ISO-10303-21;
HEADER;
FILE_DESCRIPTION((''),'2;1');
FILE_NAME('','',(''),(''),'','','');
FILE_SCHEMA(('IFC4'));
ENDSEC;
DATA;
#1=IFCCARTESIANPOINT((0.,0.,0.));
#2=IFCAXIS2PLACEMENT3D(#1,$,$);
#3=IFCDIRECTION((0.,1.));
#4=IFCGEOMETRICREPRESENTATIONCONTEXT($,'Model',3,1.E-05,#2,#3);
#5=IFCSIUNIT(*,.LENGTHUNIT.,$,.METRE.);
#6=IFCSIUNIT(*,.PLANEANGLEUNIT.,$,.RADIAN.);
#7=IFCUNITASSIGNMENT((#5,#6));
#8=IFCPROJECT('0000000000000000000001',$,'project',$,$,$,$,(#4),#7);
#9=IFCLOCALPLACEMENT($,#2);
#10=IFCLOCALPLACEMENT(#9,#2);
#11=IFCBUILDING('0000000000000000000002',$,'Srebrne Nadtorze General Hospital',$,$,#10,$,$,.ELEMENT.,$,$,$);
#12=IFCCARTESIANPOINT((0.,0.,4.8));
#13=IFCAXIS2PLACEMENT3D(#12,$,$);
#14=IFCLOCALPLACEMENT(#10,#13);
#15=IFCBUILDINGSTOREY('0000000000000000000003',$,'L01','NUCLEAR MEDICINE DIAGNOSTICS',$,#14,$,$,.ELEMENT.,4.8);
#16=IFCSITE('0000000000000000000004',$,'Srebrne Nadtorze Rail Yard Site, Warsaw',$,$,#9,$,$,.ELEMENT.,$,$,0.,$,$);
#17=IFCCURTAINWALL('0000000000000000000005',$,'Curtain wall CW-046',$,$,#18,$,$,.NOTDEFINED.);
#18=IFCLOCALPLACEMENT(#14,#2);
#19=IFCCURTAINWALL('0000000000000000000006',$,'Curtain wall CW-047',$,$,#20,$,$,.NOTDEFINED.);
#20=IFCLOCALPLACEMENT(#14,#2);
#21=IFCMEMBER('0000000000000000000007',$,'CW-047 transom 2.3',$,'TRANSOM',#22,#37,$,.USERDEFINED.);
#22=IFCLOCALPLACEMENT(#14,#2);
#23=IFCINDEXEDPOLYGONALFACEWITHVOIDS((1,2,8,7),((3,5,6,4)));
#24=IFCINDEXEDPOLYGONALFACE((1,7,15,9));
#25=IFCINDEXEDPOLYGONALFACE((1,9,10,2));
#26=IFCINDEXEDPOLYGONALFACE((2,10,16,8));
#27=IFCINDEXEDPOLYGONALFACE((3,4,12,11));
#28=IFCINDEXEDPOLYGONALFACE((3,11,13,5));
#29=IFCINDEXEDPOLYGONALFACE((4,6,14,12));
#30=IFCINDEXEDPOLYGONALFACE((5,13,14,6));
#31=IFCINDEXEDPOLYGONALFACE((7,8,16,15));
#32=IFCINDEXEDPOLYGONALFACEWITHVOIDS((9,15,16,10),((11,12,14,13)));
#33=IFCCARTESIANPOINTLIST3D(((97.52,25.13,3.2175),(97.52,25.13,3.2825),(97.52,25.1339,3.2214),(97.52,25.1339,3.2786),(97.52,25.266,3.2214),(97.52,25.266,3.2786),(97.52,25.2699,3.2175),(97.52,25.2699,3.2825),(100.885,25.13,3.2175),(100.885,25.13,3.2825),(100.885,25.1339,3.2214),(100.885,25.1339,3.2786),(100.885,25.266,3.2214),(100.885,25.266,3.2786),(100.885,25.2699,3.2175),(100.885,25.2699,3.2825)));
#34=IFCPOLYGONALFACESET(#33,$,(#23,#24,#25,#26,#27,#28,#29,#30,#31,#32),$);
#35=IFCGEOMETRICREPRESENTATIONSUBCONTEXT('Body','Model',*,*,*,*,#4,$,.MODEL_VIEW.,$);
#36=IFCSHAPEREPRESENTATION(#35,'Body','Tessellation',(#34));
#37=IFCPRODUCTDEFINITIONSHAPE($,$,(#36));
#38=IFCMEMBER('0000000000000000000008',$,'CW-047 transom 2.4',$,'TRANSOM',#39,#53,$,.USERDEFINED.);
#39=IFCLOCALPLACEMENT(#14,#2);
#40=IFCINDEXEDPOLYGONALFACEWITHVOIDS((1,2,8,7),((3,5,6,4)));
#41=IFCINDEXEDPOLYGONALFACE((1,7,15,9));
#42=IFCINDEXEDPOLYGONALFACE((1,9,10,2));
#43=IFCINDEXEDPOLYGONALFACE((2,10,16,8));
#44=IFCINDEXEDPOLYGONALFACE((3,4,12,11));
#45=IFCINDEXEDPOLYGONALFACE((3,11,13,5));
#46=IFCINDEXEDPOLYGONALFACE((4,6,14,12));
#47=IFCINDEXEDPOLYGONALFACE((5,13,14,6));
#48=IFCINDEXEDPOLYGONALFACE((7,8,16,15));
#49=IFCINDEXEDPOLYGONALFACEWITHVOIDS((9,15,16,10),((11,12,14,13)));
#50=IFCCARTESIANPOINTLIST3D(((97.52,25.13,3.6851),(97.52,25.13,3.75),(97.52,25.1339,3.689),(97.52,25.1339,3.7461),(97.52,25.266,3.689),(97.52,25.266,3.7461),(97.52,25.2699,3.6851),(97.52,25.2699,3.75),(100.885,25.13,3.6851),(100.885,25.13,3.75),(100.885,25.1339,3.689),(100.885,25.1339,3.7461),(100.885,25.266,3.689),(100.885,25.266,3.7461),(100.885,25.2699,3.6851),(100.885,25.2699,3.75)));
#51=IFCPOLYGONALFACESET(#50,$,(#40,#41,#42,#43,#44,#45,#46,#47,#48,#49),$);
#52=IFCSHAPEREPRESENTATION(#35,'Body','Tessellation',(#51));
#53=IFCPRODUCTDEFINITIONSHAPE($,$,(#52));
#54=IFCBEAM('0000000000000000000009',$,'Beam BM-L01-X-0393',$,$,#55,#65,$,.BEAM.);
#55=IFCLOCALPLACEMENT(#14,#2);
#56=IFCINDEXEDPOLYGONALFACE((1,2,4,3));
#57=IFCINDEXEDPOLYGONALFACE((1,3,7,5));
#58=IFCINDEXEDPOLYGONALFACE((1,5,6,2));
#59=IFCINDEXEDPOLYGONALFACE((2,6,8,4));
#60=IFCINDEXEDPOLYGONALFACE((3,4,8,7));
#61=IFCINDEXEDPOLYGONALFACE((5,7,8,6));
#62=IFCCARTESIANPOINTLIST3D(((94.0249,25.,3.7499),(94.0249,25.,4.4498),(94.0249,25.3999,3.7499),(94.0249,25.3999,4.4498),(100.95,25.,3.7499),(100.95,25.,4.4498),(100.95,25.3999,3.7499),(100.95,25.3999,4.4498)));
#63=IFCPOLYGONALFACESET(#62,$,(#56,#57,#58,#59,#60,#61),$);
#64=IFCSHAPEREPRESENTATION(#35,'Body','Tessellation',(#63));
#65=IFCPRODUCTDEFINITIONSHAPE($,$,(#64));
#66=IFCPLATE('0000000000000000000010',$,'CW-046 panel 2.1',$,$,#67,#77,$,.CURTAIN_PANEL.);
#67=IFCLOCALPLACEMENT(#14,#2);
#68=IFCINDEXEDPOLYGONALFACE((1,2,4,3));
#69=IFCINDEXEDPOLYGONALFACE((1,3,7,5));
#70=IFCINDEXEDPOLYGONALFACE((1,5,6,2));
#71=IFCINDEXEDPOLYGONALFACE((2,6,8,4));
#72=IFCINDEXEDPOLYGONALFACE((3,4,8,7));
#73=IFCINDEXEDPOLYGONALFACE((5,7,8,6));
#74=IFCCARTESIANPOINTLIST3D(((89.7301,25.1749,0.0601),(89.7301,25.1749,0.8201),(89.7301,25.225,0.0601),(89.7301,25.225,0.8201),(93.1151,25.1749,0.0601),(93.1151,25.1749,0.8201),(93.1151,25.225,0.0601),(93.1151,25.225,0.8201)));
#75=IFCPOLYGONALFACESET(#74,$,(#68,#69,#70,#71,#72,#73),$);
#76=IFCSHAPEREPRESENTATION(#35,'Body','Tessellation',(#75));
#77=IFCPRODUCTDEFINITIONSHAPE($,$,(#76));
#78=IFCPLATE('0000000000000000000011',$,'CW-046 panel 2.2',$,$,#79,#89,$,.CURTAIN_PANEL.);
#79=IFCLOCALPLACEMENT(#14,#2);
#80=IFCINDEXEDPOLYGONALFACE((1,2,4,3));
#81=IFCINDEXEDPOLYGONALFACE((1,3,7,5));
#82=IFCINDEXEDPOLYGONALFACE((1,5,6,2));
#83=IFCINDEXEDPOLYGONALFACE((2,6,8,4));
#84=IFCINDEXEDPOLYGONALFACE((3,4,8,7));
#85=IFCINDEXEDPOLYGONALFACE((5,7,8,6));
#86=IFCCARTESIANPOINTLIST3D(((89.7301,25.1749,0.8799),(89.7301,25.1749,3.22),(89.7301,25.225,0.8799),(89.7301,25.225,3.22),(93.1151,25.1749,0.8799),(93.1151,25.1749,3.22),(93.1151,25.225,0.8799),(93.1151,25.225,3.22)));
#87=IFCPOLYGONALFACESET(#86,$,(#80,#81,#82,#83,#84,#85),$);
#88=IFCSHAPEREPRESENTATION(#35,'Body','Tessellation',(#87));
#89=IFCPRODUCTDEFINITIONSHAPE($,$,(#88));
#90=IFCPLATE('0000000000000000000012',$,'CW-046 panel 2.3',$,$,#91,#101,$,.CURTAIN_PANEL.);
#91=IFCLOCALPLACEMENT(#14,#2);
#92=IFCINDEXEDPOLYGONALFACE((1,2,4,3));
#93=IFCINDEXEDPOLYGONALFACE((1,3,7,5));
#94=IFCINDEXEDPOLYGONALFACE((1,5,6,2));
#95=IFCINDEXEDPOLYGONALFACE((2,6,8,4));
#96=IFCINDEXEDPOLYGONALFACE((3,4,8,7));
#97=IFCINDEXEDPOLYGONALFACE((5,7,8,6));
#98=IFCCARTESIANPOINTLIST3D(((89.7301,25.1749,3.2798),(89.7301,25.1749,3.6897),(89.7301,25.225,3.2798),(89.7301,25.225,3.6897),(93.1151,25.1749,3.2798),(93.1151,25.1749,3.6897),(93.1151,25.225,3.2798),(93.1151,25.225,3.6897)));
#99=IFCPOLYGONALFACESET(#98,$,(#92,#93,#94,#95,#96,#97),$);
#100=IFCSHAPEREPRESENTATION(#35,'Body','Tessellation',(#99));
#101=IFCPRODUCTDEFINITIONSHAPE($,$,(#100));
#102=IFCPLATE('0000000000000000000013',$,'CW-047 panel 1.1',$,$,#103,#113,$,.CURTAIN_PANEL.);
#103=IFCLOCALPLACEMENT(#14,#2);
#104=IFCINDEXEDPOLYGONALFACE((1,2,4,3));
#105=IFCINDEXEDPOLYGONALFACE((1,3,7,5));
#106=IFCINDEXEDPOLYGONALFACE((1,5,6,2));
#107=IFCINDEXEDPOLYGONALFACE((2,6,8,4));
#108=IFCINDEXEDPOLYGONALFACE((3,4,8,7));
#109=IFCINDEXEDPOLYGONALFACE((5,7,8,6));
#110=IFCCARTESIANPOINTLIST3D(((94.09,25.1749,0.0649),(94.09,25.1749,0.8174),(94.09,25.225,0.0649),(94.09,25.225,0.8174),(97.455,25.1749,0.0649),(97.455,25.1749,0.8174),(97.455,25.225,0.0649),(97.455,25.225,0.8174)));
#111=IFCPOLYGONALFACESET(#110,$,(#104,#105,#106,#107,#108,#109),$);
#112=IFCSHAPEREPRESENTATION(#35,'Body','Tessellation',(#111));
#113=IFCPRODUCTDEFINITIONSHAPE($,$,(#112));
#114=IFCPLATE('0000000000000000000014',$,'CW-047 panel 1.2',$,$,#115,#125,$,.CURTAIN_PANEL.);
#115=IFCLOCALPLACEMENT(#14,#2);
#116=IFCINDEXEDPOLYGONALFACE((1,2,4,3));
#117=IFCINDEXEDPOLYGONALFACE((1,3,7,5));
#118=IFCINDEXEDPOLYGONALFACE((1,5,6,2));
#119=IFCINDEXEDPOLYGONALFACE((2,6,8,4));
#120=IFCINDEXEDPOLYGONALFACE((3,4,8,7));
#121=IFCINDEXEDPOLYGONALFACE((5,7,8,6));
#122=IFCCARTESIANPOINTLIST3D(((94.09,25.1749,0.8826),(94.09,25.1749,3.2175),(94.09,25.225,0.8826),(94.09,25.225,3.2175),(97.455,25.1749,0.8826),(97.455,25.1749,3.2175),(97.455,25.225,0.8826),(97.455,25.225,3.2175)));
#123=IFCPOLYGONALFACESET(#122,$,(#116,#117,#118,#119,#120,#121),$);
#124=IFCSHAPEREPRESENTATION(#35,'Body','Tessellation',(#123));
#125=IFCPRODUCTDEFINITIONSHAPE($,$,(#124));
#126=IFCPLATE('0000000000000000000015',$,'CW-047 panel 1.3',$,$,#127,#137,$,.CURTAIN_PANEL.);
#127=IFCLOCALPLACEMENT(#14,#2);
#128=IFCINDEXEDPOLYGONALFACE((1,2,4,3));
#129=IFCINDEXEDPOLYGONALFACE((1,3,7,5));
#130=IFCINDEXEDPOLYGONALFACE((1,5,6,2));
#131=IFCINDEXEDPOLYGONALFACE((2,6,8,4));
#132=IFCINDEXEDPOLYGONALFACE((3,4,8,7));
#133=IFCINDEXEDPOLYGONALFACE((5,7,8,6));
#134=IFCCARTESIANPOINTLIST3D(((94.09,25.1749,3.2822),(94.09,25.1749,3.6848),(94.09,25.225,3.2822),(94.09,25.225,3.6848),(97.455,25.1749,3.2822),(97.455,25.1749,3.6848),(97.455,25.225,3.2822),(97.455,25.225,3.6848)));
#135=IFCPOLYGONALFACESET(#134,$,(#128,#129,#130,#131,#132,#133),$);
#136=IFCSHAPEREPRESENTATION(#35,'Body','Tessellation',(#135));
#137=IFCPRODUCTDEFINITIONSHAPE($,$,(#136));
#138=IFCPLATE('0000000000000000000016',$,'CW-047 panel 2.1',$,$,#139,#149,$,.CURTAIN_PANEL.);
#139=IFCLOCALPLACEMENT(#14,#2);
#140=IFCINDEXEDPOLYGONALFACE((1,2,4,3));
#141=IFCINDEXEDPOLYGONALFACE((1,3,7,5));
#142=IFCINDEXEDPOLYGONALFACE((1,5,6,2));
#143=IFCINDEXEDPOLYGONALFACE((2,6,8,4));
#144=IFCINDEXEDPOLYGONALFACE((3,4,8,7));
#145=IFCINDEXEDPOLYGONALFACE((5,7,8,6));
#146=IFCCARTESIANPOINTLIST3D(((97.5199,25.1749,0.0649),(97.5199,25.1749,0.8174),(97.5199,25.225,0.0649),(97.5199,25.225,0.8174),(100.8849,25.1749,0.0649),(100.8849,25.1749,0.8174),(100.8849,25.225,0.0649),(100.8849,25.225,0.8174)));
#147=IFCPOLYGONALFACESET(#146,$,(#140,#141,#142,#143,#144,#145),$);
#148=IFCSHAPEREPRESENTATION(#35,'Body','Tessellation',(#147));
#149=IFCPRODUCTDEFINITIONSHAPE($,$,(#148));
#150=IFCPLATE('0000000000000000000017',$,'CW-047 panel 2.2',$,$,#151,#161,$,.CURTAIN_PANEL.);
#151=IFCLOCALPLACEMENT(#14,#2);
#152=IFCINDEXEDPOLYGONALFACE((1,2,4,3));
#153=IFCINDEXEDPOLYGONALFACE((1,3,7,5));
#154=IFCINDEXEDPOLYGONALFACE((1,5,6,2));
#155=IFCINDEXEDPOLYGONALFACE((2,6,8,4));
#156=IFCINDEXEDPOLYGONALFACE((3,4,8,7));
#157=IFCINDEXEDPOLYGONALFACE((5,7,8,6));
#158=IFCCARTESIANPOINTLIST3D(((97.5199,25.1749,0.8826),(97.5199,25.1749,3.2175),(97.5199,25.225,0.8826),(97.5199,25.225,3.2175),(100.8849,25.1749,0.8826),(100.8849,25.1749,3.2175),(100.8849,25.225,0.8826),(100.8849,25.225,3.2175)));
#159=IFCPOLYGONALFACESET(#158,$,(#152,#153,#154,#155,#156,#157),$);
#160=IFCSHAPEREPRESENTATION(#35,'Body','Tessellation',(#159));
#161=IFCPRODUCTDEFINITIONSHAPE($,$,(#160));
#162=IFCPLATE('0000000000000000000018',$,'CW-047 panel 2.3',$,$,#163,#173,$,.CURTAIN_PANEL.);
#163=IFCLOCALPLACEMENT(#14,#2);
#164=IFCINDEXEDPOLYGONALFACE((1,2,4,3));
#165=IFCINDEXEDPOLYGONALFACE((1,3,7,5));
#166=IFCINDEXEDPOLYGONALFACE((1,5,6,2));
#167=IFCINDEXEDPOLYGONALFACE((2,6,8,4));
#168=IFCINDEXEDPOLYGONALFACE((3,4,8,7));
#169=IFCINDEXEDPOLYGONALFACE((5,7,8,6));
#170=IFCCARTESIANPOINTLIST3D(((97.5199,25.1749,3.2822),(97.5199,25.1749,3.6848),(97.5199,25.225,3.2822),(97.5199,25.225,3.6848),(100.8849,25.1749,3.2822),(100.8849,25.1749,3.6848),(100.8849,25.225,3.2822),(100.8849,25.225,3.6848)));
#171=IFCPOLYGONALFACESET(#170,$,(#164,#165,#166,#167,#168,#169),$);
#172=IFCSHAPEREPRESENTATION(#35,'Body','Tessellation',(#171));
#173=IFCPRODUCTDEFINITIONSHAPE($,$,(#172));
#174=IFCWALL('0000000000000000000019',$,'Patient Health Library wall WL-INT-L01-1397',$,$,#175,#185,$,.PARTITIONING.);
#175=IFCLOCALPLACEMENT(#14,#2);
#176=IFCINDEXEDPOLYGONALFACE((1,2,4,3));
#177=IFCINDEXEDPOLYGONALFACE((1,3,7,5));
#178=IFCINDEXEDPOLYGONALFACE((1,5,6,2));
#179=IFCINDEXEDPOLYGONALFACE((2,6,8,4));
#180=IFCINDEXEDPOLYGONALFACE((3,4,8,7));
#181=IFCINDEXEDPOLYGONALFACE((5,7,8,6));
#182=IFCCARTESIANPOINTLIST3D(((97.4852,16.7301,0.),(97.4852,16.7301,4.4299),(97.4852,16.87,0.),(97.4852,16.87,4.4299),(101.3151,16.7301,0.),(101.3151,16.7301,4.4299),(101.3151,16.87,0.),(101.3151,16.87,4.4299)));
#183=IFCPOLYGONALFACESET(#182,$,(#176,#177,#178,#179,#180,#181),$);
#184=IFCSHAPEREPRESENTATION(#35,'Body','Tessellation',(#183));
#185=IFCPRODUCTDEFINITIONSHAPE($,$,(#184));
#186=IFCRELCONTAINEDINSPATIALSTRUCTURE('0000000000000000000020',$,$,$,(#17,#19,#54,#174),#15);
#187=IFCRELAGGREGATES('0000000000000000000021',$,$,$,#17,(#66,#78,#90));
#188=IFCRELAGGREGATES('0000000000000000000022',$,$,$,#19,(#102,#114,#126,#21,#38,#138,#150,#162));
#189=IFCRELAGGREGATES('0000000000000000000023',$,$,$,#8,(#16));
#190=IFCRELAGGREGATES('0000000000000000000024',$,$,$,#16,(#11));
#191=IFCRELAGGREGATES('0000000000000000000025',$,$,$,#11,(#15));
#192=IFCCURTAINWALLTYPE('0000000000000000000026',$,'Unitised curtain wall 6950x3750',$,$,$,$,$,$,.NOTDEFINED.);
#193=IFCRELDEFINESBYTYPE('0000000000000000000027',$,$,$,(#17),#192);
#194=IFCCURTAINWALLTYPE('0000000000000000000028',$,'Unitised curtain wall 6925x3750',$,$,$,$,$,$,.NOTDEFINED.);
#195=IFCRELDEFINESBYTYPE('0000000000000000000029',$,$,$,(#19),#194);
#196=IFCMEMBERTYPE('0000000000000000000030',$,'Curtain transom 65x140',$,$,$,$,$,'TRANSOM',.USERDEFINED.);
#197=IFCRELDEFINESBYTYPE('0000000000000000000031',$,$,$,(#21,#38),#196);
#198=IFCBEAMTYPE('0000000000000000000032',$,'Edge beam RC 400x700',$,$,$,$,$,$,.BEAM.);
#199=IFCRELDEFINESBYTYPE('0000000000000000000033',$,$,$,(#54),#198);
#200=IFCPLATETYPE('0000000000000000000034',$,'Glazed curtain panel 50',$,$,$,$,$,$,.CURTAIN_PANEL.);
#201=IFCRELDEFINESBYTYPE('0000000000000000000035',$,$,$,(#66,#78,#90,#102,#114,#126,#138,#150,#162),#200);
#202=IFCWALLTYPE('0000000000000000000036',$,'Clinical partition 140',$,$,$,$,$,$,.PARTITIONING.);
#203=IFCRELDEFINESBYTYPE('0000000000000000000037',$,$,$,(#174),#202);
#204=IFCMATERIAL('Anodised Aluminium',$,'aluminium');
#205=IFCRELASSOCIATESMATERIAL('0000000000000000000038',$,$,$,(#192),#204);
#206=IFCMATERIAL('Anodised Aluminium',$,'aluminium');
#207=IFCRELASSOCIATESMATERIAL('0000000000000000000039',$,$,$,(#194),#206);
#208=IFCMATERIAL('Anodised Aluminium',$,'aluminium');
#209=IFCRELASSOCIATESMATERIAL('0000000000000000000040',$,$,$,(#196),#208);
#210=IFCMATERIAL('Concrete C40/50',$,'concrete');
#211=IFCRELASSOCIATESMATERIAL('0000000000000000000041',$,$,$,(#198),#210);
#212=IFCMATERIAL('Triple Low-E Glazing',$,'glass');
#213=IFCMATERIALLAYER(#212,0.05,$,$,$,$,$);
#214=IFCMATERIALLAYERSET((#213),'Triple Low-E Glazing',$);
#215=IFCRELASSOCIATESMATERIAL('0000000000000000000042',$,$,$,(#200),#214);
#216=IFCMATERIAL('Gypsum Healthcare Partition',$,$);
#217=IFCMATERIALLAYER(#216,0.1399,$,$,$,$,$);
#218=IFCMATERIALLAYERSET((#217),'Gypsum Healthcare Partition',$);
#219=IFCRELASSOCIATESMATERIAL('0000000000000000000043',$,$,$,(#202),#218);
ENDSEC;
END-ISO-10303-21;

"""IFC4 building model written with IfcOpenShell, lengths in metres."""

from ifc_helpers import new_model, si_unit, direction, frame, frame_2d, origin, origin_2d, place, context, subcontext, project, spatial, rectangle, hollow_rectangle, extrude, material, layer, layer_set, material_profile, profile_set, type_object, element, aggregate, save


model = new_model("IFC4")

# Units and contexts
model_context = context("Model", 3, precision=1e-05, world=origin(), true_north=direction((0.0, 1.0)))
body_context = subcontext(model_context, "Body", "Model", "MODEL_VIEW")
ifc_project = project(units=[si_unit("LENGTHUNIT", "METRE"), si_unit("PLANEANGLEUNIT", "RADIAN")], contexts=[model_context])

# Site, building, storey
site_placement = place(None, origin())
site = spatial("IfcSite", under=ifc_project, at=site_placement, Name="Srebrne Nadtorze Rail Yard Site, Warsaw", CompositionType="ELEMENT", RefElevation=0.0)
building_placement = place(site_placement, origin())
building = spatial("IfcBuilding", under=site, at=building_placement, Name="Srebrne Nadtorze General Hospital", CompositionType="ELEMENT")
storey_placement = place(building_placement, frame((0.0, 0.0, 4.8)))
storey = spatial("IfcBuildingStorey", under=building, at=storey_placement, Name="L01", Description="NUCLEAR MEDICINE DIAGNOSTICS", CompositionType="ELEMENT", Elevation=4.8)

# Curtain wall
ifc_material_1 = material(Name="Anodised Aluminium", Category="aluminium")
curtain_wall_type_1 = type_object("IfcCurtainWallType", Name="Unitised curtain wall 6950x3750", PredefinedType="NOTDEFINED", material=ifc_material_1)
curtain_wall_1_placement = place(storey_placement, origin())
curtain_wall_1 = element("IfcCurtainWall", 1, at=curtain_wall_1_placement, inside=storey, type_object=curtain_wall_type_1, Name="Curtain wall CW-046", PredefinedType="NOTDEFINED")

# Curtain wall, members
ifc_material_2 = material(Name="Anodised Aluminium", Category="aluminium")
curtain_wall_type_2 = type_object("IfcCurtainWallType", Name="Unitised curtain wall 6925x3750", PredefinedType="NOTDEFINED", material=ifc_material_2)
curtain_wall_2_placement = place(storey_placement, origin())
curtain_wall_2 = element("IfcCurtainWall", 2, at=curtain_wall_2_placement, inside=storey, type_object=curtain_wall_type_2, Name="Curtain wall CW-047", PredefinedType="NOTDEFINED")
ifc_material_3 = material(Name="Anodised Aluminium", Category="aluminium")
ifc_material_profile_1 = material_profile(ifc_material_3, hollow_rectangle(XDim=0.0649, YDim=0.1399, WallThickness=0.0039, at=origin_2d()), Name="AL-TRN-65x140")
ifc_profile_set_1 = profile_set([ifc_material_profile_1], Name="Anodised Aluminium")
member_type_1 = type_object("IfcMemberType", Name="Curtain transom 65x140", ElementType="TRANSOM", PredefinedType="USERDEFINED", material=ifc_profile_set_1)
member_1_placement = place(storey_placement, frame((97.52, 25.2, 3.25), z_axis=(1.0, 0.0, 0.0), x_axis=(0.0, 0.0, 1.0)))
member_1 = element("IfcMember", 3, at=member_1_placement, type_object=member_type_1, Name="CW-047 transom 2.3", ObjectType="TRANSOM", PredefinedType="USERDEFINED", context=body_context, shape_type="SweptSolid", body=[
    extrude(hollow_rectangle(XDim=0.0649, YDim=0.1399, WallThickness=0.0039, at=origin_2d()), origin(), (0.0, 0.0, 1.0), 3.365),
])
member_2_placement = place(storey_placement, frame((97.52, 25.2, 3.7175), z_axis=(1.0, 0.0, 0.0), x_axis=(0.0, 0.0, 1.0)))
member_2 = element("IfcMember", 4, at=member_2_placement, type_object=member_type_1, Name="CW-047 transom 2.4", ObjectType="TRANSOM", PredefinedType="USERDEFINED", context=body_context, shape_type="SweptSolid", body=[
    extrude(hollow_rectangle(XDim=0.0649, YDim=0.1399, WallThickness=0.0039, at=origin_2d()), origin(), (0.0, 0.0, 1.0), 3.365),
])

# Beam
ifc_material_4 = material(Name="Concrete C40/50", Category="concrete")
ifc_material_profile_2 = material_profile(ifc_material_4, rectangle(XDim=0.3999, YDim=0.7, at=origin_2d()), Name="RC-BM-400x700")
ifc_profile_set_2 = profile_set([ifc_material_profile_2], Name="Concrete C40/50")
beam_type = type_object("IfcBeamType", Name="Edge beam RC 400x700", PredefinedType="BEAM", material=ifc_profile_set_2)
beam_placement = place(storey_placement, frame((94.0249, 25.2, 4.0999), z_axis=(1.0, 0.0, 0.0), x_axis=(0.0, 1.0, 0.0)))
element("IfcBeam", 5, at=beam_placement, inside=storey, type_object=beam_type, Name="Beam BM-L01-X-0393", PredefinedType="BEAM", context=body_context, shape_type="SweptSolid", body=[
    extrude(rectangle(XDim=0.3999, YDim=0.7, at=origin_2d()), origin(), (0.0, 0.0, 1.0), 6.925),
])

# Plates
ifc_material_5 = material(Name="Triple Low-E Glazing", Category="glass")
ifc_layer_1 = layer(ifc_material_5, 0.05)
ifc_layer_set_1 = layer_set([ifc_layer_1], Name="Triple Low-E Glazing")
plate_type = type_object("IfcPlateType", Name="Glazed curtain panel 50", PredefinedType="CURTAIN_PANEL", material=ifc_layer_set_1)
plate_1_placement = place(storey_placement, frame((91.4226, 25.2, 0.0601), z_axis=(0.0, 0.0, 1.0), x_axis=(1.0, 0.0, 0.0)))
plate_1 = element("IfcPlate", 6, at=plate_1_placement, type_object=plate_type, Name="CW-046 panel 2.1", PredefinedType="CURTAIN_PANEL", context=body_context, shape_type="SweptSolid", body=[
    extrude(rectangle(XDim=3.385, YDim=0.05, at=origin_2d()), origin(), (0.0, 0.0, 1.0), 0.76),
])
plate_2_placement = place(storey_placement, frame((91.4226, 25.2, 0.8799), z_axis=(0.0, 0.0, 1.0), x_axis=(1.0, 0.0, 0.0)))
plate_2 = element("IfcPlate", 7, at=plate_2_placement, type_object=plate_type, Name="CW-046 panel 2.2", PredefinedType="CURTAIN_PANEL", context=body_context, shape_type="SweptSolid", body=[
    extrude(rectangle(XDim=3.385, YDim=0.05, at=origin_2d()), origin(), (0.0, 0.0, 1.0), 2.3401),
])
plate_3_placement = place(storey_placement, frame((91.4226, 25.2, 3.2798), z_axis=(0.0, 0.0, 1.0), x_axis=(1.0, 0.0, 0.0)))
plate_3 = element("IfcPlate", 8, at=plate_3_placement, type_object=plate_type, Name="CW-046 panel 2.3", PredefinedType="CURTAIN_PANEL", context=body_context, shape_type="SweptSolid", body=[
    extrude(rectangle(XDim=3.385, YDim=0.05, at=origin_2d()), origin(), (0.0, 0.0, 1.0), 0.4099),
])
aggregate(curtain_wall_1, [plate_1, plate_2, plate_3])
plate_4_placement = place(storey_placement, frame((95.7725, 25.2, 0.0649), z_axis=(0.0, 0.0, 1.0), x_axis=(1.0, 0.0, 0.0)))
plate_4 = element("IfcPlate", 9, at=plate_4_placement, type_object=plate_type, Name="CW-047 panel 1.1", PredefinedType="CURTAIN_PANEL", context=body_context, shape_type="SweptSolid", body=[
    extrude(rectangle(XDim=3.365, YDim=0.05, at=origin_2d()), origin(), (0.0, 0.0, 1.0), 0.7524),
])
plate_5_placement = place(storey_placement, frame((95.7725, 25.2, 0.8826), z_axis=(0.0, 0.0, 1.0), x_axis=(1.0, 0.0, 0.0)))
plate_5 = element("IfcPlate", 10, at=plate_5_placement, type_object=plate_type, Name="CW-047 panel 1.2", PredefinedType="CURTAIN_PANEL", context=body_context, shape_type="SweptSolid", body=[
    extrude(rectangle(XDim=3.365, YDim=0.05, at=origin_2d()), origin(), (0.0, 0.0, 1.0), 2.335),
])
plate_6_placement = place(storey_placement, frame((95.7725, 25.2, 3.2822), z_axis=(0.0, 0.0, 1.0), x_axis=(1.0, 0.0, 0.0)))
plate_6 = element("IfcPlate", 11, at=plate_6_placement, type_object=plate_type, Name="CW-047 panel 1.3", PredefinedType="CURTAIN_PANEL", context=body_context, shape_type="SweptSolid", body=[
    extrude(rectangle(XDim=3.365, YDim=0.05, at=origin_2d()), origin(), (0.0, 0.0, 1.0), 0.4026),
])
plate_7_placement = place(storey_placement, frame((99.2024, 25.2, 0.0649), z_axis=(0.0, 0.0, 1.0), x_axis=(1.0, 0.0, 0.0)))
plate_7 = element("IfcPlate", 12, at=plate_7_placement, type_object=plate_type, Name="CW-047 panel 2.1", PredefinedType="CURTAIN_PANEL", context=body_context, shape_type="SweptSolid", body=[
    extrude(rectangle(XDim=3.365, YDim=0.05, at=origin_2d()), origin(), (0.0, 0.0, 1.0), 0.7524),
])
plate_8_placement = place(storey_placement, frame((99.2024, 25.2, 0.8826), z_axis=(0.0, 0.0, 1.0), x_axis=(1.0, 0.0, 0.0)))
plate_8 = element("IfcPlate", 13, at=plate_8_placement, type_object=plate_type, Name="CW-047 panel 2.2", PredefinedType="CURTAIN_PANEL", context=body_context, shape_type="SweptSolid", body=[
    extrude(rectangle(XDim=3.365, YDim=0.05, at=origin_2d()), origin(), (0.0, 0.0, 1.0), 2.335),
])
plate_9_placement = place(storey_placement, frame((99.2024, 25.2, 3.2822), z_axis=(0.0, 0.0, 1.0), x_axis=(1.0, 0.0, 0.0)))
plate_9 = element("IfcPlate", 14, at=plate_9_placement, type_object=plate_type, Name="CW-047 panel 2.3", PredefinedType="CURTAIN_PANEL", context=body_context, shape_type="SweptSolid", body=[
    extrude(rectangle(XDim=3.365, YDim=0.05, at=origin_2d()), origin(), (0.0, 0.0, 1.0), 0.4026),
])
aggregate(curtain_wall_2, [plate_4, plate_5, plate_6, member_1, member_2, plate_7, plate_8, plate_9])

# Wall
ifc_material_6 = material(Name="Gypsum Healthcare Partition")
ifc_layer_2 = layer(ifc_material_6, 0.1399)
ifc_layer_set_2 = layer_set([ifc_layer_2], Name="Gypsum Healthcare Partition")
wall_type = type_object("IfcWallType", Name="Clinical partition 140", PredefinedType="PARTITIONING", material=ifc_layer_set_2)
wall_placement = place(storey_placement, frame((97.4851, 16.8, 0.0), z_axis=(0.0, 0.0, 1.0), x_axis=(1.0, 0.0, 0.0)))
element("IfcWall", 15, at=wall_placement, inside=storey, type_object=wall_type, Name="Patient Health Library wall WL-INT-L01-1397", PredefinedType="PARTITIONING", context=body_context, shape_type="SweptSolid", body=[
    extrude(rectangle(XDim=3.8298, YDim=0.1399, at=frame_2d((1.915, 0.0))), origin(), (0.0, 0.0, 1.0), 4.4299),
])

save(model, "model.ifc")
